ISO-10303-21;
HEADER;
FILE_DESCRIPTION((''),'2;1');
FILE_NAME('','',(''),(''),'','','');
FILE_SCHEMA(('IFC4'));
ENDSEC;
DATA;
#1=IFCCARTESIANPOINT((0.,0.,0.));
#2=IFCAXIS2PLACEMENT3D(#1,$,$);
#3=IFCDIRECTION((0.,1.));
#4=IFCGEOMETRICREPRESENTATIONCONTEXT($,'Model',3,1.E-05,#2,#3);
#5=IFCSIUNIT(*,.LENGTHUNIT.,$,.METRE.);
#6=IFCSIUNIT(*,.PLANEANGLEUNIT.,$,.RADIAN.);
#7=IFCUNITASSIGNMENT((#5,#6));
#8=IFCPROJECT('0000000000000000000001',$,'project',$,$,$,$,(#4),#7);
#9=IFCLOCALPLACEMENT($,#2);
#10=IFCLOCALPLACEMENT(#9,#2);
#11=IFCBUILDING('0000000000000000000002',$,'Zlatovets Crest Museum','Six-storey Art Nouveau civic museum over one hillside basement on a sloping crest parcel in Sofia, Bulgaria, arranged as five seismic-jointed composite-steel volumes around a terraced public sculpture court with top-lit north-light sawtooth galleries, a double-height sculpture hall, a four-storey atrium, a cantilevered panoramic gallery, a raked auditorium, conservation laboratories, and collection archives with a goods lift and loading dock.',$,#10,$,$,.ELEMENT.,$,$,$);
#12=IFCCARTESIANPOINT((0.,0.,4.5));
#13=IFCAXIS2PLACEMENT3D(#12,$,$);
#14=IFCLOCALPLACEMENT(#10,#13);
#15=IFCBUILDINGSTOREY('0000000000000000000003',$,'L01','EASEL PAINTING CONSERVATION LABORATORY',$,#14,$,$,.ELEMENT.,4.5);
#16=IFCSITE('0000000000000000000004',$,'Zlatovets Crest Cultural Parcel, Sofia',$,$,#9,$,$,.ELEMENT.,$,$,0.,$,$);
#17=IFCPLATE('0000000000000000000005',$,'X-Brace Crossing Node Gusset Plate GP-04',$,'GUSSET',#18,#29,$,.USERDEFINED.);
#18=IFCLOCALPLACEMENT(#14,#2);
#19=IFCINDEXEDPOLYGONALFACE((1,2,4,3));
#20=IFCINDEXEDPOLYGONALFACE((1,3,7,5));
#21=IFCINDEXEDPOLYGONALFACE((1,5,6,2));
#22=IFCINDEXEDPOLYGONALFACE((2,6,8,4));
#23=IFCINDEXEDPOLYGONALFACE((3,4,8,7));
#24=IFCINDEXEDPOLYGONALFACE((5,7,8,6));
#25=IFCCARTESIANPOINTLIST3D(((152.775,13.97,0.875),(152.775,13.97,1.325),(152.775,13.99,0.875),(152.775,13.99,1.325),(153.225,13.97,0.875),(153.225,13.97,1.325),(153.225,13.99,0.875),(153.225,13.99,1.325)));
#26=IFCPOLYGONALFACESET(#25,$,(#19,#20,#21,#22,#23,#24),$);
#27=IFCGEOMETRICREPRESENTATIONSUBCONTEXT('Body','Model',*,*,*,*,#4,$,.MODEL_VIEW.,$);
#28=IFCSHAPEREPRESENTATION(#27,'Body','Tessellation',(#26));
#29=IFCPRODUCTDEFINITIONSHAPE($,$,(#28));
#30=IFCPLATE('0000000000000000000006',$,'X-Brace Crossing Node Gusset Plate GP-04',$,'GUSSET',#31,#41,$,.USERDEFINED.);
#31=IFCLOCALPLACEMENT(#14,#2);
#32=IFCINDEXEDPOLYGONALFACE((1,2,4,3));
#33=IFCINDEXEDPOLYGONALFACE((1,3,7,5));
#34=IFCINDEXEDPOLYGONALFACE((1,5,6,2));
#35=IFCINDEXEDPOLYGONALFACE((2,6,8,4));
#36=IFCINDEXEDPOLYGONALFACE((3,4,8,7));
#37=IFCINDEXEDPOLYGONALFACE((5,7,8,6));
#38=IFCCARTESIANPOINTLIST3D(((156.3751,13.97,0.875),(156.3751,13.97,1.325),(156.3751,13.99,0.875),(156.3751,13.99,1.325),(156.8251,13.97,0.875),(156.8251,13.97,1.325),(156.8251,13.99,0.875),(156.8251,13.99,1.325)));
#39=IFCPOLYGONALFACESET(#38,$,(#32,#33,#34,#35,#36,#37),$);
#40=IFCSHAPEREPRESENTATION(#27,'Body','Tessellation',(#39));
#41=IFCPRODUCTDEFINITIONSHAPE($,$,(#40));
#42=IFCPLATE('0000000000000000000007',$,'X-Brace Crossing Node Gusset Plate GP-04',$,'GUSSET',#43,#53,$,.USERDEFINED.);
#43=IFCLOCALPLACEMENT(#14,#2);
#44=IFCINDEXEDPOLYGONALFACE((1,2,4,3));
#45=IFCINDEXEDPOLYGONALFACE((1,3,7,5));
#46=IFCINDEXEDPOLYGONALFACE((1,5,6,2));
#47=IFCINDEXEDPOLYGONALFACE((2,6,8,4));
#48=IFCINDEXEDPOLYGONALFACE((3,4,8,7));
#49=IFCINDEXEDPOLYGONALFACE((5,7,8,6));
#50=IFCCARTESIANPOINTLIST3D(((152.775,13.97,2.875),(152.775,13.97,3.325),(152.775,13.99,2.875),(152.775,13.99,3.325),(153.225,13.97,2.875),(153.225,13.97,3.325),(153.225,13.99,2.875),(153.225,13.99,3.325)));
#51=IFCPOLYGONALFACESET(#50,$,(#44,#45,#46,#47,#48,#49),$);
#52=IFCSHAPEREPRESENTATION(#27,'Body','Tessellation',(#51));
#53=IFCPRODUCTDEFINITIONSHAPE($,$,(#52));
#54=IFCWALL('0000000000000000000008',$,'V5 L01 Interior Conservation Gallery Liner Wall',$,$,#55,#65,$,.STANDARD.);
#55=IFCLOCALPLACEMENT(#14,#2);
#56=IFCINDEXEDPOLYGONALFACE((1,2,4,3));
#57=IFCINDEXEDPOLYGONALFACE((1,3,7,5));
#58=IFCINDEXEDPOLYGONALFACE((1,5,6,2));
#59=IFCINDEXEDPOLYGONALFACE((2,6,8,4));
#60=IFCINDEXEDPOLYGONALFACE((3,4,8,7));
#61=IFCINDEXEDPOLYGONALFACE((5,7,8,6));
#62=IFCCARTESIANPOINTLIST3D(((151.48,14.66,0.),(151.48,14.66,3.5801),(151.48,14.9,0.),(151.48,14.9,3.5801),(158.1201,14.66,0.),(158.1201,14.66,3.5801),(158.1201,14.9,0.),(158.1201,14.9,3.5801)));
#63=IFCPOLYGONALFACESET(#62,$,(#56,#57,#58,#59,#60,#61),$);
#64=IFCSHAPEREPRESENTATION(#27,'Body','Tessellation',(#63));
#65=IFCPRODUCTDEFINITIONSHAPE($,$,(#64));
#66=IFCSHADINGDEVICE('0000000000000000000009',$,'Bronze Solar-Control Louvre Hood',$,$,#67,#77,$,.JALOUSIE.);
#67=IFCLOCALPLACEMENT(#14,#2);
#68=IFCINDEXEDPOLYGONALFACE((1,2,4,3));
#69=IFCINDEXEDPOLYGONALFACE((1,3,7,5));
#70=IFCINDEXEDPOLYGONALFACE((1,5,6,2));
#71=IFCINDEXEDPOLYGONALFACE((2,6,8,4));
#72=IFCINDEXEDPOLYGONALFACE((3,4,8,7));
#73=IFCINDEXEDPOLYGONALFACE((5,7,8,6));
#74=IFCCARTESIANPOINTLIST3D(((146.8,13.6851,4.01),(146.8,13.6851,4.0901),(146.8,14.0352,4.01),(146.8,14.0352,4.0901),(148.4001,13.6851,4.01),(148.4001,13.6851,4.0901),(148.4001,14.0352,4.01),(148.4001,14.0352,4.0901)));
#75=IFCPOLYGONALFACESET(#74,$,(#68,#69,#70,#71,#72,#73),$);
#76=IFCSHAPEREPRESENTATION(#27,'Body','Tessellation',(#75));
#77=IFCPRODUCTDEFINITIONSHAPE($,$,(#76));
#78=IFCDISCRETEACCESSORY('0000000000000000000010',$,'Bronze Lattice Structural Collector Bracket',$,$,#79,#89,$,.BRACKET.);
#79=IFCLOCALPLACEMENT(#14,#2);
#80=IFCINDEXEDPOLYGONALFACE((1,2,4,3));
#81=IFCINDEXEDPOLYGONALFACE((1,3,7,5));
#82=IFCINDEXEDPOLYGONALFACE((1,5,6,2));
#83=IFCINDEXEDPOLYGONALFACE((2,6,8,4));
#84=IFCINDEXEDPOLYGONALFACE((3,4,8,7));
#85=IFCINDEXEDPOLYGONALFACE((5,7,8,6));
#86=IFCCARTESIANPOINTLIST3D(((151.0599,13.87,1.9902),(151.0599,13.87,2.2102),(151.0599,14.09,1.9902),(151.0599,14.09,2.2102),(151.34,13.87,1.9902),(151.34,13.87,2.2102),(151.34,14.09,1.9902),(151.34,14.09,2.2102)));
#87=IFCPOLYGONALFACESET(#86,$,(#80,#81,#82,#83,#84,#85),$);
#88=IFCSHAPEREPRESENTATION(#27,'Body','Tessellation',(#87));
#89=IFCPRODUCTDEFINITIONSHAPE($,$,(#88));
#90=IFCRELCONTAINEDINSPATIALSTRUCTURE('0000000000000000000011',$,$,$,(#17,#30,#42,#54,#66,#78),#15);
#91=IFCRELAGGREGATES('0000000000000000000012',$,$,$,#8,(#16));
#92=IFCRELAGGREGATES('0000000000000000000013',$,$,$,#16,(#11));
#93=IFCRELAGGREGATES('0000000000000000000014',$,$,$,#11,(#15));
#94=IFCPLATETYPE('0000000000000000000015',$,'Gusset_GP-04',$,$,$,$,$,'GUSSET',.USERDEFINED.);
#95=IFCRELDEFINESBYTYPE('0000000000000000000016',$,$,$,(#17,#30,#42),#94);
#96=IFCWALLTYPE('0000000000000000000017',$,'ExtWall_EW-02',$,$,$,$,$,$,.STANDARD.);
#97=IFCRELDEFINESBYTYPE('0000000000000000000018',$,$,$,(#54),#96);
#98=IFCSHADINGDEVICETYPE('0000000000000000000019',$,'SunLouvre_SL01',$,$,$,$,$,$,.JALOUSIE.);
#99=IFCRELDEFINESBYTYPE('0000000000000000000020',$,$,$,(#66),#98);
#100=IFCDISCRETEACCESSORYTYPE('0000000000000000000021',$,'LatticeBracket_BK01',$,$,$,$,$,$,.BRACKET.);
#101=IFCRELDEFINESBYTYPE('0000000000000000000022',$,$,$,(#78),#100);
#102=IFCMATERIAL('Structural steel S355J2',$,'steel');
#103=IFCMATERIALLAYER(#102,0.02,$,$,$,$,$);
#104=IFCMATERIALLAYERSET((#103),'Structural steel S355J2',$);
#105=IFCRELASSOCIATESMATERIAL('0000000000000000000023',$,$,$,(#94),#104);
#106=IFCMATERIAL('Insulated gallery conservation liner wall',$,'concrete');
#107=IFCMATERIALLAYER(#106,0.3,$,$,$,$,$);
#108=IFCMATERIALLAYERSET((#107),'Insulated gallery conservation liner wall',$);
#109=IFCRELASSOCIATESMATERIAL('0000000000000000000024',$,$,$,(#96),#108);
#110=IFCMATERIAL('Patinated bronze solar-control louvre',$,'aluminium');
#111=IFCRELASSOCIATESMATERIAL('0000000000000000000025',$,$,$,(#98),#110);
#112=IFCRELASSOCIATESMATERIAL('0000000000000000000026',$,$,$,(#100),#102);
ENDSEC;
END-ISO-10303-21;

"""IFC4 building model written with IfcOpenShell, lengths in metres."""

from ifc_helpers import new_model, si_unit, direction, frame, frame_2d, origin, origin_2d, place, context, subcontext, project, spatial, rectangle, extrude, material, layer, layer_set, type_object, element, save


model = new_model("IFC4")

# Units and contexts
model_context = context("Model", 3, precision=1e-05, world=origin(), true_north=direction((0.0, 1.0)))
body_context = subcontext(model_context, "Body", "Model", "MODEL_VIEW")
ifc_project = project(units=[si_unit("LENGTHUNIT", "METRE"), si_unit("PLANEANGLEUNIT", "RADIAN")], contexts=[model_context])

# Site, building, storey
site_placement = place(None, origin())
site = spatial("IfcSite", under=ifc_project, at=site_placement, Name="Zlatovets Crest Cultural Parcel, Sofia", CompositionType="ELEMENT", RefElevation=0.0)
building_placement = place(site_placement, origin())
building = spatial("IfcBuilding", under=site, at=building_placement, Name="Zlatovets Crest Museum", Description="Six-storey Art Nouveau civic museum over one hillside basement on a sloping crest parcel in Sofia, Bulgaria, arranged as five seismic-jointed composite-steel volumes around a terraced public sculpture court with top-lit north-light sawtooth galleries, a double-height sculpture hall, a four-storey atrium, a cantilevered panoramic gallery, a raked auditorium, conservation laboratories, and collection archives with a goods lift and loading dock.", CompositionType="ELEMENT")
storey_placement = place(building_placement, frame((0.0, 0.0, 4.5)))
storey = spatial("IfcBuildingStorey", under=building, at=storey_placement, Name="L01", Description="EASEL PAINTING CONSERVATION LABORATORY", CompositionType="ELEMENT", Elevation=4.5)

# Shared definitions
ifc_material_1 = material(Name="Structural steel S355J2", Category="steel")

# Plates
ifc_layer_1 = layer(ifc_material_1, 0.02)
ifc_layer_set_1 = layer_set([ifc_layer_1], Name="Structural steel S355J2")
plate_type_1 = type_object("IfcPlateType", Name="Gusset_GP-04", ElementType="GUSSET", PredefinedType="USERDEFINED", material=ifc_layer_set_1)
for number, where, z_axis, x_axis, name in (
    (1, (153.0, 13.98, 0.875), (0.0, 0.0, 1.0), (1.0, 0.0, 0.0), "X-Brace Crossing Node Gusset Plate GP-04"),
    (2, (156.6001, 13.98, 0.875), (0.0, 0.0, 1.0), (1.0, 0.0, 0.0), "X-Brace Crossing Node Gusset Plate GP-04"),
    (3, (153.0, 13.98, 2.875), (0.0, 0.0, 1.0), (1.0, 0.0, 0.0), "X-Brace Crossing Node Gusset Plate GP-04"),
):
    element("IfcPlate", number, at=place(storey_placement, frame(where, z_axis=z_axis, x_axis=x_axis)), inside=storey, type_object=plate_type_1, Name=name, ObjectType="GUSSET", PredefinedType="USERDEFINED", context=body_context, shape_type="SweptSolid", body=[
        extrude(rectangle(XDim=0.45, YDim=0.02, at=origin_2d()), origin(), (0.0, 0.0, 1.0), 0.45),
    ])

# Wall
ifc_material_2 = material(Name="Insulated gallery conservation liner wall", Category="concrete")
ifc_layer_2 = layer(ifc_material_2, 0.3)
ifc_layer_set_2 = layer_set([ifc_layer_2], Name="Insulated gallery conservation liner wall")
wall_type = type_object("IfcWallType", Name="ExtWall_EW-02", PredefinedType="STANDARD", material=ifc_layer_set_2)
wall_placement = place(storey_placement, frame((151.48, 14.78, 0.0), z_axis=(0.0, 0.0, 1.0), x_axis=(1.0, 0.0, 0.0)))
element("IfcWall", 4, at=wall_placement, inside=storey, type_object=wall_type, Name="V5 L01 Interior Conservation Gallery Liner Wall", PredefinedType="STANDARD", context=body_context, shape_type="SweptSolid", body=[
    extrude(rectangle(XDim=6.6401, YDim=0.24, at=frame_2d((3.3201, 0.0))), origin(), (0.0, 0.0, 1.0), 3.5801),
])

# Shading device
ifc_material_3 = material(Name="Patinated bronze solar-control louvre", Category="aluminium")
shading_device_type = type_object("IfcShadingDeviceType", Name="SunLouvre_SL01", PredefinedType="JALOUSIE", material=ifc_material_3)
shading_device_placement = place(storey_placement, frame((147.6001, 13.8601, 4.01), z_axis=(0.0, 0.0, 1.0), x_axis=(1.0, 0.0, 0.0)))
element("IfcShadingDevice", 5, at=shading_device_placement, inside=storey, type_object=shading_device_type, Name="Bronze Solar-Control Louvre Hood", PredefinedType="JALOUSIE", context=body_context, shape_type="SweptSolid", body=[
    extrude(rectangle(XDim=1.6001, YDim=0.3501, at=origin_2d()), origin(), (0.0, 0.0, 1.0), 0.0801),
])

# Discrete accessory
discrete_accessory_type = type_object("IfcDiscreteAccessoryType", Name="LatticeBracket_BK01", PredefinedType="BRACKET", material=ifc_material_1)
discrete_accessory_placement = place(storey_placement, frame((151.2, 13.98, 1.9902), z_axis=(0.0, 0.0, 1.0), x_axis=(1.0, 0.0, 0.0)))
element("IfcDiscreteAccessory", 6, at=discrete_accessory_placement, inside=storey, type_object=discrete_accessory_type, Name="Bronze Lattice Structural Collector Bracket", PredefinedType="BRACKET", context=body_context, shape_type="SweptSolid", body=[
    extrude(rectangle(XDim=0.28, YDim=0.22, at=origin_2d()), origin(), (0.0, 0.0, 1.0), 0.22),
])

save(model, "model.ifc")
